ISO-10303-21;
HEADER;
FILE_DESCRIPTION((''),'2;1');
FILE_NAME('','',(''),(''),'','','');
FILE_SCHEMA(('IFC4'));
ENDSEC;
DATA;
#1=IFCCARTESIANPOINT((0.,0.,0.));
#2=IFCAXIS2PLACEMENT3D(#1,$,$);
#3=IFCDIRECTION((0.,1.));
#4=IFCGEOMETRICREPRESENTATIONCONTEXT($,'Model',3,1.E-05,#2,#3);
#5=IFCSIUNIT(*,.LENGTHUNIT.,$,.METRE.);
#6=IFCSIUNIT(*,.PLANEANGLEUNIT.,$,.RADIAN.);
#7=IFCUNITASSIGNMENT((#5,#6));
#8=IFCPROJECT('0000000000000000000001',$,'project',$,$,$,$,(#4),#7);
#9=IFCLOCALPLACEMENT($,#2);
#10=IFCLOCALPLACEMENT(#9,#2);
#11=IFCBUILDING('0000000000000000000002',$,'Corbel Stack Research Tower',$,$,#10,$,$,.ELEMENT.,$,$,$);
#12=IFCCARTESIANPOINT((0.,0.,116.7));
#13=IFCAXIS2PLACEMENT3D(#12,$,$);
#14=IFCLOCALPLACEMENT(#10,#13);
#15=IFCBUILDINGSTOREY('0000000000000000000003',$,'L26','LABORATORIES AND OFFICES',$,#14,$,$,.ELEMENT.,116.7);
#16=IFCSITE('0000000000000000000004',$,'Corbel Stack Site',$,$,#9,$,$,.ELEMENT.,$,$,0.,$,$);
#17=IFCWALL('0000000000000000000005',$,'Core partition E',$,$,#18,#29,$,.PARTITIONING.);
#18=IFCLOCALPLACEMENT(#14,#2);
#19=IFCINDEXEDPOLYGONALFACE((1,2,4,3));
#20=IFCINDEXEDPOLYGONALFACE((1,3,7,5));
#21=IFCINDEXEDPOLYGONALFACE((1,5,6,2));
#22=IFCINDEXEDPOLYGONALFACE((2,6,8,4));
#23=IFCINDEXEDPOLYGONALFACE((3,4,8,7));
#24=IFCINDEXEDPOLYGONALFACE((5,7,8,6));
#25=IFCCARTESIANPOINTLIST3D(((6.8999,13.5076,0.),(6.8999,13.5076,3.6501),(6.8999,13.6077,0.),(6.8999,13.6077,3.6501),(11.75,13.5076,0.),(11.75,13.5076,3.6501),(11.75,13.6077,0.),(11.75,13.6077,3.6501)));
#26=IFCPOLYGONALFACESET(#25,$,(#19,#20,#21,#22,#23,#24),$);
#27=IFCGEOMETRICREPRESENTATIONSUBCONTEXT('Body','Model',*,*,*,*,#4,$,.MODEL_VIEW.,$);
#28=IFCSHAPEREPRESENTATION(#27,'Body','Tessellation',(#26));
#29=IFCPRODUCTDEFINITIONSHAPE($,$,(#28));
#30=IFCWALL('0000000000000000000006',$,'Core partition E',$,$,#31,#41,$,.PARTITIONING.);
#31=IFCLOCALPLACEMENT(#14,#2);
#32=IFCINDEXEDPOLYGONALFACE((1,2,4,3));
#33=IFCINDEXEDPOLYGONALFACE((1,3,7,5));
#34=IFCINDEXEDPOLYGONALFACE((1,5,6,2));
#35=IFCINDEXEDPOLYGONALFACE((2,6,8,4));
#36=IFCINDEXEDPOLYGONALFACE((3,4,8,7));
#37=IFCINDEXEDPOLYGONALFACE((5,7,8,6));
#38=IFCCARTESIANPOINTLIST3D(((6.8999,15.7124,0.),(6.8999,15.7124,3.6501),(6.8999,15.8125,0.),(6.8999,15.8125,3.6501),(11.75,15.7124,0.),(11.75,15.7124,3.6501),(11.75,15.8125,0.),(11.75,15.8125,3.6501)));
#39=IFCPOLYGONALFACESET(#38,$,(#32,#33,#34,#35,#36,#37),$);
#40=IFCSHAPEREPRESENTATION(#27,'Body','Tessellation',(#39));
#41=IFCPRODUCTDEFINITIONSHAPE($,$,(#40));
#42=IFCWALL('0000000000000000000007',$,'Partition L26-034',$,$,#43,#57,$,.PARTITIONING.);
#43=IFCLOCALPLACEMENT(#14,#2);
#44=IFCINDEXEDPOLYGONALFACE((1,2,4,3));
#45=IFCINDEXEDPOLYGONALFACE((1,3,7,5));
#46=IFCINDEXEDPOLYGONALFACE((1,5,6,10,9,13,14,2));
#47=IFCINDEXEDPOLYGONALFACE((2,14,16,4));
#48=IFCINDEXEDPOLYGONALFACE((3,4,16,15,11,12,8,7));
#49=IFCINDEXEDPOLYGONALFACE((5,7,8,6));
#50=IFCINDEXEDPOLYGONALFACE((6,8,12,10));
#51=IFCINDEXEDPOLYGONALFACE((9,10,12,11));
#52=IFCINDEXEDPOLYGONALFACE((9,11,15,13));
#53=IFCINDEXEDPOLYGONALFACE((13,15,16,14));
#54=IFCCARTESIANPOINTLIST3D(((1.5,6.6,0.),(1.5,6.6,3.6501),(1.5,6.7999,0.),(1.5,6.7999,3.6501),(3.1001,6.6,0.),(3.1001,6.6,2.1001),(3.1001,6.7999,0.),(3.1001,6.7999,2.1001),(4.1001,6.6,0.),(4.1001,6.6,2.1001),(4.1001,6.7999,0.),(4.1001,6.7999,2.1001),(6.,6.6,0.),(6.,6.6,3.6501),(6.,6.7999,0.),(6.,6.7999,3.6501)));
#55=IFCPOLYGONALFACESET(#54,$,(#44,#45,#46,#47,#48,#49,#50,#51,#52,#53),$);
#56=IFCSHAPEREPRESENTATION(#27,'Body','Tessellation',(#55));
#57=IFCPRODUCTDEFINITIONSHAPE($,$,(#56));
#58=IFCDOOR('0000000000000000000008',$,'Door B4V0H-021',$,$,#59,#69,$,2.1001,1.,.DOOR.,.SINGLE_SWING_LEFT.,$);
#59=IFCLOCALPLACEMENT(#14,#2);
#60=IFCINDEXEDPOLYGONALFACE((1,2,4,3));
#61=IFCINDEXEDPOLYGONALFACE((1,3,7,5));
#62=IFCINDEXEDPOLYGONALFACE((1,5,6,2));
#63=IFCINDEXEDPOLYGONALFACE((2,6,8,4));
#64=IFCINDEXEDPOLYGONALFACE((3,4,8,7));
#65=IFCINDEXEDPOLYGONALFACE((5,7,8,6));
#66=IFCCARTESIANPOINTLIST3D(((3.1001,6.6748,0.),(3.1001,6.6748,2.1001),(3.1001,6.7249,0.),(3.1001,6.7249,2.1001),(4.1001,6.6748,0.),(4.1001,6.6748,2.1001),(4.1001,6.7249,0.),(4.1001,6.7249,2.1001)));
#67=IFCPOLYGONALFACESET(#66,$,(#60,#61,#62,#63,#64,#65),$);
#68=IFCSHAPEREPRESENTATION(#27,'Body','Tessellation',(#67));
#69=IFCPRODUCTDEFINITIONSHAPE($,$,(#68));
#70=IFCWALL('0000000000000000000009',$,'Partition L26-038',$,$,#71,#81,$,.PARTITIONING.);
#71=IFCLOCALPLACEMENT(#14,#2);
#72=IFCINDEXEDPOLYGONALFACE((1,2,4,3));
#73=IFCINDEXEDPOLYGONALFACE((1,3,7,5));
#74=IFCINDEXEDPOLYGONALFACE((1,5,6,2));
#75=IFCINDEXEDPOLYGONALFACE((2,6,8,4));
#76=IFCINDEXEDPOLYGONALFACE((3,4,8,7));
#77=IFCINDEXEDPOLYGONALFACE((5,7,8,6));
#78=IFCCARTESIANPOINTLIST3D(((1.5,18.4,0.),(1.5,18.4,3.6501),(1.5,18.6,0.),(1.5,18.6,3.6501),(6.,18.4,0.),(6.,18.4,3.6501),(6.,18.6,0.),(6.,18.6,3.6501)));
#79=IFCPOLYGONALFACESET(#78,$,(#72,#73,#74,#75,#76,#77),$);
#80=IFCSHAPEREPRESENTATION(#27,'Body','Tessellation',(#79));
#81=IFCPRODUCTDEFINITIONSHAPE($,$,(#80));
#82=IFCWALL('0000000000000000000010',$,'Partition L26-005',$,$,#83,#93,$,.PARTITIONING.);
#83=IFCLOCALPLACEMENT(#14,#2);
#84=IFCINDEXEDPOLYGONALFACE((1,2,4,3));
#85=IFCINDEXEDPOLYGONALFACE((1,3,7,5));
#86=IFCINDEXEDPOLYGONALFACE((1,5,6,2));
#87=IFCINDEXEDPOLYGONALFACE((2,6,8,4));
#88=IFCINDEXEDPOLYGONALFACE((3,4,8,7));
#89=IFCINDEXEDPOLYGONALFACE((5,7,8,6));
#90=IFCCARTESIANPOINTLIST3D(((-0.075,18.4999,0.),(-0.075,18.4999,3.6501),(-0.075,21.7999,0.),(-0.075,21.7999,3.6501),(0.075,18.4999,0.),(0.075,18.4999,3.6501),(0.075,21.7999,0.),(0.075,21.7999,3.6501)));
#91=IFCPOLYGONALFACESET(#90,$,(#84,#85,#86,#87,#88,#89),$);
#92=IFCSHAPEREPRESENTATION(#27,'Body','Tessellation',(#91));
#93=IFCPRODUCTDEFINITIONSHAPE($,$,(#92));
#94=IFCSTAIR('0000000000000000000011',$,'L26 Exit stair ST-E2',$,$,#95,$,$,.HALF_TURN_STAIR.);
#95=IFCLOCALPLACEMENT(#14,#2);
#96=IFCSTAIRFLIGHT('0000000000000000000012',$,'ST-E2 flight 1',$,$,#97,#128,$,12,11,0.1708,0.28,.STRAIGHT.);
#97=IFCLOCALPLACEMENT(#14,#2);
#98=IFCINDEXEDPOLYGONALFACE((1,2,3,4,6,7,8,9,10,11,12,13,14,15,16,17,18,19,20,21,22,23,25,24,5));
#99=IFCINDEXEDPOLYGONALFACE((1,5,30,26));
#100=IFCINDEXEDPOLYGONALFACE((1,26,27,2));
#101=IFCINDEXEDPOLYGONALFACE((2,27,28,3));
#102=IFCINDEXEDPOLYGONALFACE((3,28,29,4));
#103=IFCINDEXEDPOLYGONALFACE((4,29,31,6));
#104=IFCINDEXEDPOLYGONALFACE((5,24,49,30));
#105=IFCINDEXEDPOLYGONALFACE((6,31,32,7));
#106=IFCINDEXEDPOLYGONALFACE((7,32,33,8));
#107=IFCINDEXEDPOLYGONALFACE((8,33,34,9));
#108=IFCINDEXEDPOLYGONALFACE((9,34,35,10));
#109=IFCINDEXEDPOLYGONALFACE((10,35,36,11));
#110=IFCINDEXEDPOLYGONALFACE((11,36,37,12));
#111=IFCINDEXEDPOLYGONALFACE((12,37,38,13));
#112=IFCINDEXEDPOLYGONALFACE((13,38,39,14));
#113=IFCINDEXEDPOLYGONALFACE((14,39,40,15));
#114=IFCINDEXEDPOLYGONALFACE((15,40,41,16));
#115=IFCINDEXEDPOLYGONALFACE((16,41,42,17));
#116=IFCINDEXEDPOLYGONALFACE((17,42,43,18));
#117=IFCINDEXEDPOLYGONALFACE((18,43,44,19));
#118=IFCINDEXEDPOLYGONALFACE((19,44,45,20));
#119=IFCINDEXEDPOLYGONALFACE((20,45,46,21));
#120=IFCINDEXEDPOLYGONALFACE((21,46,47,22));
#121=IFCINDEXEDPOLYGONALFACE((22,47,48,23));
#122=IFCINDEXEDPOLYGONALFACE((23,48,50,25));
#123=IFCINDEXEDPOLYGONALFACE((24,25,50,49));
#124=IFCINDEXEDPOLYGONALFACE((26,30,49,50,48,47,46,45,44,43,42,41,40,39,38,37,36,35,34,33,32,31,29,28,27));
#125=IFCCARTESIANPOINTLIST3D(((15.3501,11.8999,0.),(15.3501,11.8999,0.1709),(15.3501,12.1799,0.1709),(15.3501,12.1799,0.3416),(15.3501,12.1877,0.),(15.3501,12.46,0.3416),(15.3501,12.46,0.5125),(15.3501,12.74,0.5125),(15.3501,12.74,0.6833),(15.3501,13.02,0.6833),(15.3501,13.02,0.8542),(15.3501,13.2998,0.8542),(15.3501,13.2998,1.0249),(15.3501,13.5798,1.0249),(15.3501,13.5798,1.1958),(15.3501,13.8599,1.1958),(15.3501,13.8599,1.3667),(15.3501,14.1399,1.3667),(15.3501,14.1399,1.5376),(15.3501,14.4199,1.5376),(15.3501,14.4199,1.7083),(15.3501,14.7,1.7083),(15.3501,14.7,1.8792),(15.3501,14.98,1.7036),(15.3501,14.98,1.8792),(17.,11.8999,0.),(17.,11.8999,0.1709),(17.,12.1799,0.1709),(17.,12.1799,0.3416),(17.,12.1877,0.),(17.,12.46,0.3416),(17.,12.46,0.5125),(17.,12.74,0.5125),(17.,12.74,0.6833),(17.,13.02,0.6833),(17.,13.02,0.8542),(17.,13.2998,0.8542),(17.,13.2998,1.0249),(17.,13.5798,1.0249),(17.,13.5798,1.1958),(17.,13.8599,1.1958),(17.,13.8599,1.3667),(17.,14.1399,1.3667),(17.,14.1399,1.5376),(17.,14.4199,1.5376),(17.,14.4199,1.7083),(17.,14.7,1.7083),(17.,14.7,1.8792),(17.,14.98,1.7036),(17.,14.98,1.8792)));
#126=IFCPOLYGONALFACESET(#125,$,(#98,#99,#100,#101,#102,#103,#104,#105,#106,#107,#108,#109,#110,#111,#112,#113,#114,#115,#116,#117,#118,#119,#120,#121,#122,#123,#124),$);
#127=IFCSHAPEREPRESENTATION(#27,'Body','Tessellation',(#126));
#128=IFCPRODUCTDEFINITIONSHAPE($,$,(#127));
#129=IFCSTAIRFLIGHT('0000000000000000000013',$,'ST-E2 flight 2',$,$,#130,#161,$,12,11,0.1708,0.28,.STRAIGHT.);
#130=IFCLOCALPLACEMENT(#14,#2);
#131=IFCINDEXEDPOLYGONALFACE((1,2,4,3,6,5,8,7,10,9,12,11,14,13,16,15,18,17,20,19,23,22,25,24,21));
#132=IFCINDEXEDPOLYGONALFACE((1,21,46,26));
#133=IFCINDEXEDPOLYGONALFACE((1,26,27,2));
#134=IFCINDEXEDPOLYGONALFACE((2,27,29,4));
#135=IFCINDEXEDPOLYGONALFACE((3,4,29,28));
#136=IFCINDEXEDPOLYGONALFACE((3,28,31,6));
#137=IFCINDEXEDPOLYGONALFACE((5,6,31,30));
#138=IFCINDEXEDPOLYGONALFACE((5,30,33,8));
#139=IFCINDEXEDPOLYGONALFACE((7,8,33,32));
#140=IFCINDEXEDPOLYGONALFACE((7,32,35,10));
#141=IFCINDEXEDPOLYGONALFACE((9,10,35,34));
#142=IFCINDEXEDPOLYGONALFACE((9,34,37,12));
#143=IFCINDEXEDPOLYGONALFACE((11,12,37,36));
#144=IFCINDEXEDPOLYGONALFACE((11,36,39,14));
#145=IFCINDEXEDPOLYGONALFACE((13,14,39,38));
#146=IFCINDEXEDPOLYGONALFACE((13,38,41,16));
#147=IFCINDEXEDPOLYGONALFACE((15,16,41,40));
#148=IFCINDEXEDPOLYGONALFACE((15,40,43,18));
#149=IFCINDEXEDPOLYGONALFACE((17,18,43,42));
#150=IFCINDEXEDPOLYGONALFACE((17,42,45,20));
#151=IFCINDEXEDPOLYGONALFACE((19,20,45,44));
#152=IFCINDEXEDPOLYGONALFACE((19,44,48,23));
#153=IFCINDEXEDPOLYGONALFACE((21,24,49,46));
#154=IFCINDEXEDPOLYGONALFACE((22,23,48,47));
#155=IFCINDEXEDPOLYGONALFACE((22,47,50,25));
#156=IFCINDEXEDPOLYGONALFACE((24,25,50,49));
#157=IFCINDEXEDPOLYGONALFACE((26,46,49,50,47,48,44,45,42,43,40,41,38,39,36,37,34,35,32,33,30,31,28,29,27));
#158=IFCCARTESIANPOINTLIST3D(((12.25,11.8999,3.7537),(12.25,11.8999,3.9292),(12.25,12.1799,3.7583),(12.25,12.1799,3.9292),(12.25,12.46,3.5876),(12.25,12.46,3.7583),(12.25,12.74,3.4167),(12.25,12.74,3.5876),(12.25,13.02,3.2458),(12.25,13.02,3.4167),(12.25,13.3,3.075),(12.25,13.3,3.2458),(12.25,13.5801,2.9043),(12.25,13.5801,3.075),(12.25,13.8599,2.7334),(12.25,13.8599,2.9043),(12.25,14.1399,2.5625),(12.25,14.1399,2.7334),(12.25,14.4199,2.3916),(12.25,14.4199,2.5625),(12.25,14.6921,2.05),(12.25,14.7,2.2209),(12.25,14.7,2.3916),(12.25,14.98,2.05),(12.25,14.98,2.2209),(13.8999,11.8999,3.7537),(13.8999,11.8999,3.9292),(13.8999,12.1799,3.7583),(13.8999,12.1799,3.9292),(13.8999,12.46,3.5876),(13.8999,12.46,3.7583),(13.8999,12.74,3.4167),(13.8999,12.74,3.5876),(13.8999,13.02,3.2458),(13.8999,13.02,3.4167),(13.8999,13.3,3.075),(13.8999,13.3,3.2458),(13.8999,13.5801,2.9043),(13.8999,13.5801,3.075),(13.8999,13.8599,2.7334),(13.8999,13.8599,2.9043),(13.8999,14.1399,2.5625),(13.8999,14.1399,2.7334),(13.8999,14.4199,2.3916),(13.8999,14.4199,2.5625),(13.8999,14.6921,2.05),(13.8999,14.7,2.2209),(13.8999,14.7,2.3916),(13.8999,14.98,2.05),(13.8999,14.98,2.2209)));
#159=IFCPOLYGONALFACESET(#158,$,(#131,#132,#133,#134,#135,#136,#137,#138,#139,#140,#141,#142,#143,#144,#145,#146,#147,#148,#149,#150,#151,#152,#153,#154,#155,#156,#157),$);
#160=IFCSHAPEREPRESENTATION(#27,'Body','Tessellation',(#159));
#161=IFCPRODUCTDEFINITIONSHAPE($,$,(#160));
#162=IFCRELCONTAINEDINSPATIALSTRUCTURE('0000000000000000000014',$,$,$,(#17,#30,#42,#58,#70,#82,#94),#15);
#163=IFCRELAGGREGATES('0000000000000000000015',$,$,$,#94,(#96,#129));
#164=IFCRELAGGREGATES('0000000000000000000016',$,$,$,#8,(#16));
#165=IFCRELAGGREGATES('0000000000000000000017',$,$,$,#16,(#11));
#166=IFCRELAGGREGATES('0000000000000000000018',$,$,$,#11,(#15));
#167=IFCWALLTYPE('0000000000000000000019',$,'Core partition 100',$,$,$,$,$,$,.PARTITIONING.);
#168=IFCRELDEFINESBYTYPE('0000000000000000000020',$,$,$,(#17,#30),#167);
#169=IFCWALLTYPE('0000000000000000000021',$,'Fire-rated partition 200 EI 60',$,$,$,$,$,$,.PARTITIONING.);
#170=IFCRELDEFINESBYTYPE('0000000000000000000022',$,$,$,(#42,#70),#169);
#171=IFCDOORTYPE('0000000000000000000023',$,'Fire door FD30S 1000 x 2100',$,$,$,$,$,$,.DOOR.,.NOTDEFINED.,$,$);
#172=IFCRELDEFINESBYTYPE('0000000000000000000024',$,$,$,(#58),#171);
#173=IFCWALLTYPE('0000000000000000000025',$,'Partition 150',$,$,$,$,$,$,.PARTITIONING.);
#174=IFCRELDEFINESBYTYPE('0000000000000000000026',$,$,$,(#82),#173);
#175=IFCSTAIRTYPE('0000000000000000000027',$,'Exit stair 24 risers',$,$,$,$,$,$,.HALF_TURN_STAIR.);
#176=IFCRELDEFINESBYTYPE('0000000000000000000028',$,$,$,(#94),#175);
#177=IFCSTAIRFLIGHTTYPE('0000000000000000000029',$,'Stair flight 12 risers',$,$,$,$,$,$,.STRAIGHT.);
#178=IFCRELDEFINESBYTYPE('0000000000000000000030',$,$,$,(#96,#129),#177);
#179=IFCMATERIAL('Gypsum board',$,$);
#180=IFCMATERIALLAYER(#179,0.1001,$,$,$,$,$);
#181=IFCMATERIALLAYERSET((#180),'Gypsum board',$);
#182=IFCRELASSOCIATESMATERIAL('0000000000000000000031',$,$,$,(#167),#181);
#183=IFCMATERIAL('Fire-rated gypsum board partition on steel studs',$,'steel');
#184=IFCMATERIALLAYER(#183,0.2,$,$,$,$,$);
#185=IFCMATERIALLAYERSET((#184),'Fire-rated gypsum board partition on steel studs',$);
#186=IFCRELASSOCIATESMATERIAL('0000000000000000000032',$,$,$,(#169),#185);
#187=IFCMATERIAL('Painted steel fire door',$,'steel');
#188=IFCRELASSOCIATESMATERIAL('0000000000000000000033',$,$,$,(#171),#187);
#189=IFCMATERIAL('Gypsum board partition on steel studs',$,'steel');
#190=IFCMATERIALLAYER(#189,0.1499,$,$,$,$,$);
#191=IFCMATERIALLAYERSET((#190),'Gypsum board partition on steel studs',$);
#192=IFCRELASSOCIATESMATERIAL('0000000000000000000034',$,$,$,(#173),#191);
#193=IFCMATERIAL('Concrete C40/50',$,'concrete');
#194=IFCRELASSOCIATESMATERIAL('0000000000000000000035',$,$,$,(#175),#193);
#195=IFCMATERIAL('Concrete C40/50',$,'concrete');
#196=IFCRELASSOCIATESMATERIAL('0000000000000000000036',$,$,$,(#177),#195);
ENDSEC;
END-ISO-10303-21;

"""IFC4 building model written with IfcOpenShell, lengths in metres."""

from ifc_helpers import new_model, si_unit, direction, frame, frame_2d, origin, place, context, subcontext, project, spatial, polyline, rectangle, outline, extrude, material, layer, layer_set, type_object, element, fill, aggregate, save


model = new_model("IFC4")

# Units and contexts
model_context = context("Model", 3, precision=1e-05, world=origin(), true_north=direction((0.0, 1.0)))
body_context = subcontext(model_context, "Body", "Model", "MODEL_VIEW")
ifc_project = project(units=[si_unit("LENGTHUNIT", "METRE"), si_unit("PLANEANGLEUNIT", "RADIAN")], contexts=[model_context])

# Site, building, storey
site_placement = place(None, origin())
site = spatial("IfcSite", under=ifc_project, at=site_placement, Name="Corbel Stack Site", CompositionType="ELEMENT", RefElevation=0.0)
building_placement = place(site_placement, origin())
building = spatial("IfcBuilding", under=site, at=building_placement, Name="Corbel Stack Research Tower", CompositionType="ELEMENT")
storey_placement = place(building_placement, frame((0.0, 0.0, 116.7)))
storey = spatial("IfcBuildingStorey", under=building, at=storey_placement, Name="L26", Description="LABORATORIES AND OFFICES", CompositionType="ELEMENT", Elevation=116.7)

# Walls
ifc_material_1 = material(Name="Gypsum board")
ifc_layer_1 = layer(ifc_material_1, 0.1001)
ifc_layer_set_1 = layer_set([ifc_layer_1], Name="Gypsum board")
wall_type_1 = type_object("IfcWallType", Name="Core partition 100", PredefinedType="PARTITIONING", material=ifc_layer_set_1)
for number, where, z_axis, x_axis, name in (
    (1, (6.8999, 13.5576, 0.0), (0.0, 0.0, 1.0), (1.0, 0.0, 0.0), "Core partition E"),
    (2, (6.8999, 15.7625, 0.0), (0.0, 0.0, 1.0), (1.0, 0.0, 0.0), "Core partition E"),
):
    element("IfcWall", number, at=place(storey_placement, frame(where, z_axis=z_axis, x_axis=x_axis)), inside=storey, type_object=wall_type_1, Name=name, PredefinedType="PARTITIONING", context=body_context, shape_type="SweptSolid", body=[
        extrude(rectangle(XDim=4.8501, YDim=0.1001, at=frame_2d((2.425, 0.0))), origin(), (0.0, 0.0, 1.0), 3.6501),
    ])

# Wall, opening, door
ifc_material_2 = material(Name="Fire-rated gypsum board partition on steel studs", Category="steel")
ifc_layer_2 = layer(ifc_material_2, 0.2)
ifc_layer_set_2 = layer_set([ifc_layer_2], Name="Fire-rated gypsum board partition on steel studs")
wall_type_2 = type_object("IfcWallType", Name="Fire-rated partition 200 EI 60", PredefinedType="PARTITIONING", material=ifc_layer_set_2)
wall_1_placement = place(storey_placement, frame((1.5, 6.7, 0.0), z_axis=(0.0, 0.0, 1.0), x_axis=(1.0, 0.0, 0.0)))
wall_1 = element("IfcWall", 3, at=wall_1_placement, inside=storey, type_object=wall_type_2, Name="Partition L26-034", PredefinedType="PARTITIONING", context=body_context, shape_type="SweptSolid", body=[
    extrude(rectangle(XDim=4.5, YDim=0.2, at=frame_2d((2.25, 0.0))), origin(), (0.0, 0.0, 1.0), 3.6501),
])
opening_1_placement = place(wall_1_placement, frame((1.6001, 0.0, 0.0)))
opening_1 = element("IfcOpeningElement", 4, at=opening_1_placement, cuts=wall_1, PredefinedType="OPENING", context=body_context, shape_type="SweptSolid", body=[
    extrude(rectangle(XDim=1.0, YDim=2.1001, at=frame_2d((0.5, 1.05))), frame((0.0, 0.1099, 0.0), z_axis=(0.0, -1.0, 0.0), x_axis=(1.0, 0.0, 0.0)), (0.0, 0.0, 1.0), 0.22),
])
ifc_material_3 = material(Name="Painted steel fire door", Category="steel")
door_type_1 = type_object("IfcDoorType", Name="Fire door FD30S 1000 x 2100", OperationType="NOTDEFINED", PredefinedType="DOOR", material=ifc_material_3)
door_1_placement = place(opening_1_placement, origin())
door_1 = element("IfcDoor", 5, at=door_1_placement, inside=storey, type_object=door_type_1, Name="Door B4V0H-021", OperationType="SINGLE_SWING_LEFT", OverallHeight=2.1001, OverallWidth=1.0, PredefinedType="DOOR", context=body_context, shape_type="SweptSolid", body=[
    extrude(rectangle(XDim=1.0, YDim=2.1001, at=frame_2d((0.5, 1.05))), frame((0.0, 0.0249, 0.0), z_axis=(0.0, -1.0, 0.0), x_axis=(1.0, 0.0, 0.0)), (0.0, 0.0, 1.0), 0.05),
])
fill(opening_1, door_1)

# Walls
wall_2_placement = place(storey_placement, frame((1.5, 18.5, 0.0), z_axis=(0.0, 0.0, 1.0), x_axis=(1.0, 0.0, 0.0)))
element("IfcWall", 6, at=wall_2_placement, inside=storey, type_object=wall_type_2, Name="Partition L26-038", PredefinedType="PARTITIONING", context=body_context, shape_type="SweptSolid", body=[
    extrude(rectangle(XDim=4.5, YDim=0.2, at=frame_2d((2.25, 0.0))), origin(), (0.0, 0.0, 1.0), 3.6501),
])
ifc_material_4 = material(Name="Gypsum board partition on steel studs", Category="steel")
ifc_layer_3 = layer(ifc_material_4, 0.1499)
ifc_layer_set_3 = layer_set([ifc_layer_3], Name="Gypsum board partition on steel studs")
wall_type_3 = type_object("IfcWallType", Name="Partition 150", PredefinedType="PARTITIONING", material=ifc_layer_set_3)
wall_3_placement = place(storey_placement, frame((0.0, 18.5, 0.0), z_axis=(0.0, 0.0, 1.0), x_axis=(0.0, 1.0, 0.0)))
element("IfcWall", 7, at=wall_3_placement, inside=storey, type_object=wall_type_3, Name="Partition L26-005", PredefinedType="PARTITIONING", context=body_context, shape_type="SweptSolid", body=[
    extrude(rectangle(XDim=3.3, YDim=0.1499, at=frame_2d((1.6499, 0.0))), origin(), (0.0, 0.0, 1.0), 3.6501),
])

# Stair, stair flights
ifc_material_5 = material(Name="Concrete C40/50", Category="concrete")
stair_type = type_object("IfcStairType", Name="Exit stair 24 risers", PredefinedType="HALF_TURN_STAIR", material=ifc_material_5)
stair_placement = place(storey_placement, origin())
stair = element("IfcStair", 8, at=stair_placement, inside=storey, type_object=stair_type, Name="L26 Exit stair ST-E2", PredefinedType="HALF_TURN_STAIR")
ifc_material_6 = material(Name="Concrete C40/50", Category="concrete")
stair_flight_type = type_object("IfcStairFlightType", Name="Stair flight 12 risers", PredefinedType="STRAIGHT", material=ifc_material_6)
stair_flight_1_placement = place(storey_placement, frame((16.175, 11.8999, 0.0), z_axis=(0.0, 0.0, 1.0), x_axis=(0.0, 1.0, 0.0)))
stair_flight_1 = element("IfcStairFlight", 9, at=stair_flight_1_placement, type_object=stair_flight_type, Name="ST-E2 flight 1", NumberOfRisers=12, NumberOfTreads=11, PredefinedType="STRAIGHT", RiserHeight=0.1708, TreadLength=0.28, context=body_context, shape_type="SweptSolid", body=[
    extrude(outline(polyline([(0.0, 0.0), (0.0, 0.1709), (0.28, 0.1709), (0.28, 0.3416), (0.5601, 0.3416), (0.5601, 0.5125), (0.8401, 0.5125), (0.8401, 0.6833), (1.1201, 0.6833), (1.1201, 0.8542), (1.3999, 0.8542), (1.3999, 1.0249), (1.6799, 1.0249), (1.6799, 1.1958), (1.96, 1.1958), (1.96, 1.3667), (2.24, 1.3667), (2.24, 1.5376), (2.52, 1.5376), (2.52, 1.7083), (2.8, 1.7083), (2.8, 1.8792), (3.0801, 1.8792), (3.0801, 2.05), (3.0801, 1.7036), (0.2878, 0.0), (0.0, 0.0)])), frame((0.0, 0.825, 0.0), z_axis=(0.0, -1.0, 0.0), x_axis=(1.0, 0.0, 0.0)), (0.0, 0.0, 1.0), 1.6499),
])
stair_flight_2_placement = place(storey_placement, frame((13.075, 14.98, 2.05), z_axis=(0.0, 0.0, 1.0), x_axis=(0.0, -1.0, 0.0)))
stair_flight_2 = element("IfcStairFlight", 10, at=stair_flight_2_placement, type_object=stair_flight_type, Name="ST-E2 flight 2", NumberOfRisers=12, NumberOfTreads=11, PredefinedType="STRAIGHT", RiserHeight=0.1708, TreadLength=0.28, context=body_context, shape_type="SweptSolid", body=[
    extrude(outline(polyline([(0.0, 0.0), (0.0, 0.1709), (0.28, 0.1709), (0.28, 0.3416), (0.5601, 0.3416), (0.5601, 0.5125), (0.8401, 0.5125), (0.8401, 0.6833), (1.1201, 0.6833), (1.1201, 0.8542), (1.3999, 0.8542), (1.3999, 1.0249), (1.6799, 1.0249), (1.6799, 1.1958), (1.96, 1.1958), (1.96, 1.3667), (2.24, 1.3667), (2.24, 1.5376), (2.52, 1.5376), (2.52, 1.7083), (2.8, 1.7083), (2.8, 1.8792), (3.0801, 1.8792), (3.0801, 2.05), (3.0801, 1.7036), (0.2878, 0.0), (0.0, 0.0)])), frame((0.0, 0.825, 0.0), z_axis=(0.0, -1.0, 0.0), x_axis=(1.0, 0.0, 0.0)), (0.0, 0.0, 1.0), 1.6499),
])
aggregate(stair, [stair_flight_1, stair_flight_2])

save(model, "model.ifc")
